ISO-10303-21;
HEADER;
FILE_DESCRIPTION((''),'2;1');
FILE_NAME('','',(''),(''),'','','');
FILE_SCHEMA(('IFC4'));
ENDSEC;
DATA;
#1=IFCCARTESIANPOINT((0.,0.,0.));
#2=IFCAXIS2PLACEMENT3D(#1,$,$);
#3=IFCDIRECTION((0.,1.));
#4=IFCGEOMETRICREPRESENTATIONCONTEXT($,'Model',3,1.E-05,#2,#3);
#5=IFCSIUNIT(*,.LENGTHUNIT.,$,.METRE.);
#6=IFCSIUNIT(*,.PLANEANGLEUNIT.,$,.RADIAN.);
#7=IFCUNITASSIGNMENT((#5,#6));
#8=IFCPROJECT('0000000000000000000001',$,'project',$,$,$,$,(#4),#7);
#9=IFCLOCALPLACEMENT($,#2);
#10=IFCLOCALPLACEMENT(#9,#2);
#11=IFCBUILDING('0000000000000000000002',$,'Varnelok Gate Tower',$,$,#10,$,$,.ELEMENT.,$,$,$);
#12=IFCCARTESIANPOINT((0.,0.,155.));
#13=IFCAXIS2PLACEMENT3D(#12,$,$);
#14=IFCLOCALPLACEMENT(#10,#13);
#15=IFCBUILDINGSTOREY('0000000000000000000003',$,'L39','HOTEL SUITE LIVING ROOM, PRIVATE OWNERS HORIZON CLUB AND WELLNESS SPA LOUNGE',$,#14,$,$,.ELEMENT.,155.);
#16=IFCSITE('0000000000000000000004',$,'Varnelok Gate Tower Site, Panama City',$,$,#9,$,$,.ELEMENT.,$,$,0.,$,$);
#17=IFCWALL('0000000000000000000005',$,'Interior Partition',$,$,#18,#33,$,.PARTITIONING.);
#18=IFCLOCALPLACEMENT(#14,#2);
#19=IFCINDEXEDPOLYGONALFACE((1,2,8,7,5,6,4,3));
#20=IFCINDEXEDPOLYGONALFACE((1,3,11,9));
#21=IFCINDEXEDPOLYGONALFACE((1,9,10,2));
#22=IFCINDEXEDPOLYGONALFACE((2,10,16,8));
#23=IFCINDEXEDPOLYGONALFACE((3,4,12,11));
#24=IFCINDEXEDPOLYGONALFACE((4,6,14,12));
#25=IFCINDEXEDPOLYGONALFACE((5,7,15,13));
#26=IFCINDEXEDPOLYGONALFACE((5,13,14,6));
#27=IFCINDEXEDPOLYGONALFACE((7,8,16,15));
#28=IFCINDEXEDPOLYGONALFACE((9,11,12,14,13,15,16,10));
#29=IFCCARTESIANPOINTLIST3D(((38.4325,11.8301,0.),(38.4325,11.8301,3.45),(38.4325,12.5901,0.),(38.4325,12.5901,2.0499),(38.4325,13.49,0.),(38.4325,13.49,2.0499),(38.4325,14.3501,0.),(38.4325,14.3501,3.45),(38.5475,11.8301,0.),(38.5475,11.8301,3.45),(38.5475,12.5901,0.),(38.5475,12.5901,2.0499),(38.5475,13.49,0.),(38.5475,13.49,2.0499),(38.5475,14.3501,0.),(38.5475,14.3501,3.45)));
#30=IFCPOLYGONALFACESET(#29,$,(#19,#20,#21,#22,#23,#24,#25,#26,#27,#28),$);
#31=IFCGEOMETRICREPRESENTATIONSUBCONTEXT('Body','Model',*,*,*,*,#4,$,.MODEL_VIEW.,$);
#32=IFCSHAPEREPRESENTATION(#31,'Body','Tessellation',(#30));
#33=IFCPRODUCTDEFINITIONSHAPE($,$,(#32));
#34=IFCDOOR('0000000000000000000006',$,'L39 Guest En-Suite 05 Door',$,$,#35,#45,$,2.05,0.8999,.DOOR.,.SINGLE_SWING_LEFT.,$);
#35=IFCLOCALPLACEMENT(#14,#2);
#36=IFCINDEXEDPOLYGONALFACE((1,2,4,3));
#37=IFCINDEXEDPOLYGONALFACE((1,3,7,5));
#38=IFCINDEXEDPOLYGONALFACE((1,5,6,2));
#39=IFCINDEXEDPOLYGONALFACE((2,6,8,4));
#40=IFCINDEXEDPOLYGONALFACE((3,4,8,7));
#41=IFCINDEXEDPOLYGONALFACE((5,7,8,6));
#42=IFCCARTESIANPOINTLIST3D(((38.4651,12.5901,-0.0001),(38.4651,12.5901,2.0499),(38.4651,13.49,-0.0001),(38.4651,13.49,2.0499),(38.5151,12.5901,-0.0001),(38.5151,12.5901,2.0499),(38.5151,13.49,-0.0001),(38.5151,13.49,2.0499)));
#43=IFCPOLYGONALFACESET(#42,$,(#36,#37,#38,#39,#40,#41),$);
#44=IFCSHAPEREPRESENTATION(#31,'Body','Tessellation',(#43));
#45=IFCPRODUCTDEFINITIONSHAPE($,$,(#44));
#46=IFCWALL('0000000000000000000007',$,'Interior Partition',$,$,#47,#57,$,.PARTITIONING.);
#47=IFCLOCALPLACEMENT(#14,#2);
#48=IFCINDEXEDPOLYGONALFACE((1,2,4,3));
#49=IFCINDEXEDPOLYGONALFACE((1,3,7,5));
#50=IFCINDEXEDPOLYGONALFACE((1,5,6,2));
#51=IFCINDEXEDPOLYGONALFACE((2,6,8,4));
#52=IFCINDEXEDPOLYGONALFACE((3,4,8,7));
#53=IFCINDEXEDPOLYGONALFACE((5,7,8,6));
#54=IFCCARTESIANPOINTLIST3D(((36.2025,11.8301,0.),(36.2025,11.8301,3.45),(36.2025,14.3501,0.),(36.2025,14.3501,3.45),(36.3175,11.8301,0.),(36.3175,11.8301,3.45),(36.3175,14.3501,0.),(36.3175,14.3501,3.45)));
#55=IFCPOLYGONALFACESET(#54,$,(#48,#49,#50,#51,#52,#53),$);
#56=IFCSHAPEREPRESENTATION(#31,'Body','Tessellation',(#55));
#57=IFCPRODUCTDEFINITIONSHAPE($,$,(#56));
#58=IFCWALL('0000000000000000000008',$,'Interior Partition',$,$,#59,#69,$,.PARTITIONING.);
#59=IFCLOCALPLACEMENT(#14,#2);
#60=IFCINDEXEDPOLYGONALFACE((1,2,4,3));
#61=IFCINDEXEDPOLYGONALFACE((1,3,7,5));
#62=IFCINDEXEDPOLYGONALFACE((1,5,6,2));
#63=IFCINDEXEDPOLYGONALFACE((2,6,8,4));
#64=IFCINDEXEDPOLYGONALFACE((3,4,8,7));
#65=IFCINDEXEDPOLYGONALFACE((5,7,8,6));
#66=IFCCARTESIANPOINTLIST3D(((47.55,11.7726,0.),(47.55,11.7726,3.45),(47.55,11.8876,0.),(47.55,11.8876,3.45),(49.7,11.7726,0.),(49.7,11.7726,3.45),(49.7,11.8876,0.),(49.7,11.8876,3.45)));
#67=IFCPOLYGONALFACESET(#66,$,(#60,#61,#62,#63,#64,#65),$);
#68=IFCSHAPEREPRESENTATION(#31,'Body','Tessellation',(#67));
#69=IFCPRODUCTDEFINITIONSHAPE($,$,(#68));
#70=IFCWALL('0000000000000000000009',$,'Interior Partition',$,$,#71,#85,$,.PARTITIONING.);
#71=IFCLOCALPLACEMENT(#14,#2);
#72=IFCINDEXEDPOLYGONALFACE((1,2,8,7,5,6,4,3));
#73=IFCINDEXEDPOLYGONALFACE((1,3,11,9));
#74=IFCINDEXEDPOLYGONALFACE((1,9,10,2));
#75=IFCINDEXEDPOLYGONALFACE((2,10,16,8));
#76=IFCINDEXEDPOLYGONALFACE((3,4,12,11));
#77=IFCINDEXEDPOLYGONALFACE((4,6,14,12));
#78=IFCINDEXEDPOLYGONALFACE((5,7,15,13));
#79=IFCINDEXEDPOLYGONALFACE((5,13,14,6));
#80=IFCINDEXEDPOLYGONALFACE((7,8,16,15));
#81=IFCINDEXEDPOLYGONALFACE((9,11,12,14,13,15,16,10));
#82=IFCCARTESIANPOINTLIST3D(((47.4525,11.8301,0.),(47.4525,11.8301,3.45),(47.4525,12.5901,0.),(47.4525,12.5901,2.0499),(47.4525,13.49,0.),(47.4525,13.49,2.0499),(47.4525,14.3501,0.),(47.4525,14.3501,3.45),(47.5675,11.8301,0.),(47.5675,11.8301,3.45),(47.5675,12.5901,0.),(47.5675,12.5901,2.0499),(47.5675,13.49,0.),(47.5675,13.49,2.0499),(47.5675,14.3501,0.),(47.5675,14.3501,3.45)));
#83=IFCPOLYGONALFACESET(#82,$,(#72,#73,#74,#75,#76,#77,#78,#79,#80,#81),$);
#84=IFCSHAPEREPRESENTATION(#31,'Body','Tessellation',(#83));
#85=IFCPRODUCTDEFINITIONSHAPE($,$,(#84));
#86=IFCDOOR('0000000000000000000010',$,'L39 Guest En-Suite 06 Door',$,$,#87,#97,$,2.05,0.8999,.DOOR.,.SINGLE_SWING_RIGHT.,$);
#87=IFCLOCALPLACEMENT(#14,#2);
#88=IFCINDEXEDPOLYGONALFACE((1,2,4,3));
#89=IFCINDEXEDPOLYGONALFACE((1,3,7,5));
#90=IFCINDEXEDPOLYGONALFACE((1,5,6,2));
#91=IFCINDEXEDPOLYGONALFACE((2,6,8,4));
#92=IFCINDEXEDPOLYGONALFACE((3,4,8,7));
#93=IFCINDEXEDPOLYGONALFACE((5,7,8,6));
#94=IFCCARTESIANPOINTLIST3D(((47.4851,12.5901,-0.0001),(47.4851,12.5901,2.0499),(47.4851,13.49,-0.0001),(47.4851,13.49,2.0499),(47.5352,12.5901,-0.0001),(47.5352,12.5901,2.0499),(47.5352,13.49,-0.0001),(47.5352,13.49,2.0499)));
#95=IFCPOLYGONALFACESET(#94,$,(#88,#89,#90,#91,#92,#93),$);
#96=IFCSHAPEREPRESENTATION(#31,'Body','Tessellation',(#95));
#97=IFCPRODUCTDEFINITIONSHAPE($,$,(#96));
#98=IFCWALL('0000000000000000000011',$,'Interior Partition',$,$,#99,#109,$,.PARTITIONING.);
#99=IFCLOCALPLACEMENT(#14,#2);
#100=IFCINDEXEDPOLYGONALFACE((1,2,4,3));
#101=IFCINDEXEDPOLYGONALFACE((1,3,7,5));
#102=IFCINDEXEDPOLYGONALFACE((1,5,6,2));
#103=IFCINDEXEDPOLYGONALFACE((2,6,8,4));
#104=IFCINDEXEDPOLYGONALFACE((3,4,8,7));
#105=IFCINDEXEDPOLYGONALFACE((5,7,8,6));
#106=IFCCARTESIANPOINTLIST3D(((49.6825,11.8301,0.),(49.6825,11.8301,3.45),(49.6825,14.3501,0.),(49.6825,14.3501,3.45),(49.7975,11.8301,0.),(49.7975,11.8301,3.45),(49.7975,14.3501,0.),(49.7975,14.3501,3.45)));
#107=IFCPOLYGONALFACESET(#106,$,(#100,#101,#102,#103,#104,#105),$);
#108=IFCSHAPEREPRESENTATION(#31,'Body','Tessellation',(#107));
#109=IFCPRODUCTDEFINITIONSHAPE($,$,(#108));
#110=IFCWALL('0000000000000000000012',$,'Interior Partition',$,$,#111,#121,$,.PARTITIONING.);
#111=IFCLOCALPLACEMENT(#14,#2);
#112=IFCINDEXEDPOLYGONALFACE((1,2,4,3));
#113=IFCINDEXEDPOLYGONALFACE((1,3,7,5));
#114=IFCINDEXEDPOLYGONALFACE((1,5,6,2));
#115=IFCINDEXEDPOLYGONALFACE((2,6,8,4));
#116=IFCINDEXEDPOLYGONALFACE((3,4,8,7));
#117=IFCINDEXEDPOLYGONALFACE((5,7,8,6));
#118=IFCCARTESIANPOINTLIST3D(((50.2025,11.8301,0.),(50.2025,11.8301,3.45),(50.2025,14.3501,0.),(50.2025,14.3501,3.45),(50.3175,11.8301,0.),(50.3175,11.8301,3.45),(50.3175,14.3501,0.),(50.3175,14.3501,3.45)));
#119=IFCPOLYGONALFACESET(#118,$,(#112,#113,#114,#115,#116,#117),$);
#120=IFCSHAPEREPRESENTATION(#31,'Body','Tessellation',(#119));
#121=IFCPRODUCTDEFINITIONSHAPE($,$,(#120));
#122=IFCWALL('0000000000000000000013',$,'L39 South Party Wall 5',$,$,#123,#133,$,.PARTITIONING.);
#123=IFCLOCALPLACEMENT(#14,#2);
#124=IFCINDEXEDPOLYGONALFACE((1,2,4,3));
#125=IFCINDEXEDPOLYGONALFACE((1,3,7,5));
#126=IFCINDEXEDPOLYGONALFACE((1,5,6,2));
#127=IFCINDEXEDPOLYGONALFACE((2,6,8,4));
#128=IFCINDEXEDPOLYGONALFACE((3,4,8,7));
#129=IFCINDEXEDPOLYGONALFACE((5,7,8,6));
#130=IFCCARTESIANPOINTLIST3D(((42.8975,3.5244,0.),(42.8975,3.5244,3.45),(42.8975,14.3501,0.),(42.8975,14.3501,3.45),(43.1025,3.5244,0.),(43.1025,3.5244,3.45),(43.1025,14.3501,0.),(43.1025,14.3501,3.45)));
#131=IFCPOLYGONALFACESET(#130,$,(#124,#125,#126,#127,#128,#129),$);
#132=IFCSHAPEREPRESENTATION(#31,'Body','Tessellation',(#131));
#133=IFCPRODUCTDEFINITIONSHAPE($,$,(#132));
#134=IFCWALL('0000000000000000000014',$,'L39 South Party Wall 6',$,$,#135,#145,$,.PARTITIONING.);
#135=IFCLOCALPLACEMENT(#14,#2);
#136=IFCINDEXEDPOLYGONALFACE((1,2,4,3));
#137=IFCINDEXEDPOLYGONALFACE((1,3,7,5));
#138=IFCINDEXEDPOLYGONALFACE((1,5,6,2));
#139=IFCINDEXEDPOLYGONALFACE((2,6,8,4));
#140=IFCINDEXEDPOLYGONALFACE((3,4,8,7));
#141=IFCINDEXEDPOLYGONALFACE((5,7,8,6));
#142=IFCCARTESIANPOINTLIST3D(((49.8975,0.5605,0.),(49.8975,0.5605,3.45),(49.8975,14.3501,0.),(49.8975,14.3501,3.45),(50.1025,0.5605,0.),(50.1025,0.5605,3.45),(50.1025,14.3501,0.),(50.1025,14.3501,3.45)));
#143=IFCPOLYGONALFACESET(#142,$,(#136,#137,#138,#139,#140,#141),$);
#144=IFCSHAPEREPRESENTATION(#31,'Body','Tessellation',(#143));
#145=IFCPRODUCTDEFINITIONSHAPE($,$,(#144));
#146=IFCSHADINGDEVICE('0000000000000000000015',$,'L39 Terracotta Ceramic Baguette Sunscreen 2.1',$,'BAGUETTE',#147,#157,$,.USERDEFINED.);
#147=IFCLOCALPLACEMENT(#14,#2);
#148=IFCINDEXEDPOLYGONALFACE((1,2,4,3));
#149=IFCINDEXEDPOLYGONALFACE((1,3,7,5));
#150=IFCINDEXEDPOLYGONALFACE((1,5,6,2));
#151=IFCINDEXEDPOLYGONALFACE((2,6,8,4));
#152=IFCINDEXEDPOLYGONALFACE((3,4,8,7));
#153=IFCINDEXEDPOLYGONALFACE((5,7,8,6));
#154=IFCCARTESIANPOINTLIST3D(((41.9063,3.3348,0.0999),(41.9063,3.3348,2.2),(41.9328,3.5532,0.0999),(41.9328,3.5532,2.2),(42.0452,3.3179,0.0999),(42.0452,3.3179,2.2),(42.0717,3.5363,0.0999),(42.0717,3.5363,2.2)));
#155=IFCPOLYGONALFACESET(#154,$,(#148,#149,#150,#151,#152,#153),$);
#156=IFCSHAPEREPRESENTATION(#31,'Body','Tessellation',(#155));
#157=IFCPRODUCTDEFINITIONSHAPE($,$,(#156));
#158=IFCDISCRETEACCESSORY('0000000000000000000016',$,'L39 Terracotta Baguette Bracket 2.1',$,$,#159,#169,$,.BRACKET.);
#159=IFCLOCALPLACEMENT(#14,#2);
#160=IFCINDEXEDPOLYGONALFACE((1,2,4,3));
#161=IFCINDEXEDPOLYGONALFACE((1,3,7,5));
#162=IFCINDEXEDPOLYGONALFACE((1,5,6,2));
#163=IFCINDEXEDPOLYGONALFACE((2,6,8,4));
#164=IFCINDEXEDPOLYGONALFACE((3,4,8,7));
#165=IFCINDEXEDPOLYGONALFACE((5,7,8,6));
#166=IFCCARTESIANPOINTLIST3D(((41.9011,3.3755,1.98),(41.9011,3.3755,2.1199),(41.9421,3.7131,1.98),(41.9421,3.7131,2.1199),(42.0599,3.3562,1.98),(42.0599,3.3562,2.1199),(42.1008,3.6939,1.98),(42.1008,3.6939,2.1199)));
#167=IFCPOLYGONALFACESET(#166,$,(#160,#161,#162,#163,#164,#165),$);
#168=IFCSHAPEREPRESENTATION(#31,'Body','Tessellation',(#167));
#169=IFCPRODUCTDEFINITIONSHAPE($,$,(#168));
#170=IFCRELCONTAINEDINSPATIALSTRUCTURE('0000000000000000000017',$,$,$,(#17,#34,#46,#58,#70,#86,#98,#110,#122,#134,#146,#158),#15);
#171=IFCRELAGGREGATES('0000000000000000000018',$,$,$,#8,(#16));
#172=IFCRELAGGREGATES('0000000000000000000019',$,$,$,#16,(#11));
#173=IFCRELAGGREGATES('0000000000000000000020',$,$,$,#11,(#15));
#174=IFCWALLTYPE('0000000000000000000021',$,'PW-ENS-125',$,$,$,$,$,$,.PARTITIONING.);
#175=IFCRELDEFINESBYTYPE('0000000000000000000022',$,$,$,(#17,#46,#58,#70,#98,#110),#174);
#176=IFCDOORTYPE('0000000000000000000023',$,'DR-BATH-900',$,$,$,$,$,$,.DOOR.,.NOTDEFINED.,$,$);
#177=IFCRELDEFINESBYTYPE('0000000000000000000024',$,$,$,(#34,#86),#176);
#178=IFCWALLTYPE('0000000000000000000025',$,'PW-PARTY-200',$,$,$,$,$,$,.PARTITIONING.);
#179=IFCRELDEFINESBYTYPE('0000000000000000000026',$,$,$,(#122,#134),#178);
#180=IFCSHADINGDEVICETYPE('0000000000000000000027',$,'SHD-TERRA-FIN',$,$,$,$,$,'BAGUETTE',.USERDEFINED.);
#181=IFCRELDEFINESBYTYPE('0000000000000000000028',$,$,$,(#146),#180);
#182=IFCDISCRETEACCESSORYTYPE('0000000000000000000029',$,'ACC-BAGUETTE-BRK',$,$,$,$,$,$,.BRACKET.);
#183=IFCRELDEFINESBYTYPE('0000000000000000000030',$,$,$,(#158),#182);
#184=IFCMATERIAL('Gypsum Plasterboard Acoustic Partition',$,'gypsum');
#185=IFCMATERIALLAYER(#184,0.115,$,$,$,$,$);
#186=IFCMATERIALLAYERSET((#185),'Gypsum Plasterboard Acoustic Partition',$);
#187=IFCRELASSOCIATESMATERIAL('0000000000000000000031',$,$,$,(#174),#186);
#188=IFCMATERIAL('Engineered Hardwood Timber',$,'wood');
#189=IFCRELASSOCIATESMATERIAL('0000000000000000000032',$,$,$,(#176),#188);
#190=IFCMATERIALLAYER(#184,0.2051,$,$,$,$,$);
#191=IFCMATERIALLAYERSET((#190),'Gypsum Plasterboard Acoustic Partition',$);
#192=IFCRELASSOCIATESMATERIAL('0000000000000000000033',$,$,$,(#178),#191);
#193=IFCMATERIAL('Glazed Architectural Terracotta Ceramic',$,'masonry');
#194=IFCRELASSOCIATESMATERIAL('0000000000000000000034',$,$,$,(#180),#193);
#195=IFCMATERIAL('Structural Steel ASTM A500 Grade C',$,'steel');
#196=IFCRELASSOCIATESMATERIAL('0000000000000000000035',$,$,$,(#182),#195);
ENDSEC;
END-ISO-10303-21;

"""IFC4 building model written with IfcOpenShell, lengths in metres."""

from ifc_helpers import new_model, si_unit, direction, frame, frame_2d, origin, origin_2d, place, context, subcontext, project, spatial, rectangle, extrude, source, transform, mapped, material, layer, layer_set, type_object, element, fill, save


model = new_model("IFC4")

# Units and contexts
model_context = context("Model", 3, precision=1e-05, world=origin(), true_north=direction((0.0, 1.0)))
body_context = subcontext(model_context, "Body", "Model", "MODEL_VIEW")
ifc_project = project(units=[si_unit("LENGTHUNIT", "METRE"), si_unit("PLANEANGLEUNIT", "RADIAN")], contexts=[model_context])

# Site, building, storey
site_placement = place(None, origin())
site = spatial("IfcSite", under=ifc_project, at=site_placement, Name="Varnelok Gate Tower Site, Panama City", CompositionType="ELEMENT", RefElevation=0.0)
building_placement = place(site_placement, origin())
building = spatial("IfcBuilding", under=site, at=building_placement, Name="Varnelok Gate Tower", CompositionType="ELEMENT")
storey_placement = place(building_placement, frame((0.0, 0.0, 155.0)))
storey = spatial("IfcBuildingStorey", under=building, at=storey_placement, Name="L39", Description="HOTEL SUITE LIVING ROOM, PRIVATE OWNERS HORIZON CLUB AND WELLNESS SPA LOUNGE", CompositionType="ELEMENT", Elevation=155.0)

# Shared definitions
ifc_material_1 = material(Name="Gypsum Plasterboard Acoustic Partition", Category="gypsum")
ifc_layer_1 = layer(ifc_material_1, 0.115)
ifc_layer_set_1 = layer_set([ifc_layer_1], Name="Gypsum Plasterboard Acoustic Partition")
wall_type_1 = type_object("IfcWallType", Name="PW-ENS-125", PredefinedType="PARTITIONING", material=ifc_layer_set_1)

# Wall, opening, door
wall_1_placement = place(storey_placement, frame((38.49, 11.8301, 0.0), z_axis=(0.0, 0.0, 1.0), x_axis=(0.0, 1.0, 0.0)))
wall_1 = element("IfcWall", 1, at=wall_1_placement, inside=storey, type_object=wall_type_1, Name="Interior Partition", PredefinedType="PARTITIONING", context=body_context, shape_type="SweptSolid", body=[
    extrude(rectangle(XDim=2.52, YDim=0.115, at=frame_2d((1.26, 0.0))), origin(), (0.0, 0.0, 1.0), 3.45),
])
opening_1_placement = place(wall_1_placement, frame((0.76, 0.0, 0.0)))
opening_1 = element("IfcOpeningElement", 2, at=opening_1_placement, cuts=wall_1, PredefinedType="OPENING", context=body_context, shape_type="SweptSolid", body=[
    extrude(rectangle(XDim=0.8999, YDim=2.05, at=frame_2d((0.45, 1.0249))), frame((0.0, 0.0674, 0.0), z_axis=(0.0, -1.0, 0.0), x_axis=(1.0, 0.0, 0.0)), (0.0, 0.0, 1.0), 0.135),
])
ifc_material_2 = material(Name="Engineered Hardwood Timber", Category="wood")
door_type_1 = type_object("IfcDoorType", Name="DR-BATH-900", OperationType="NOTDEFINED", PredefinedType="DOOR", material=ifc_material_2)
door_1_placement = place(opening_1_placement, origin())
door_1 = element("IfcDoor", 3, at=door_1_placement, inside=storey, type_object=door_type_1, Name="L39 Guest En-Suite 05 Door", OperationType="SINGLE_SWING_LEFT", OverallHeight=2.05, OverallWidth=0.8999, PredefinedType="DOOR", context=body_context, shape_type="SweptSolid", body=[
    extrude(rectangle(XDim=0.8999, YDim=2.05, at=frame_2d((0.45, 1.0249))), frame((0.0, 0.0249, 0.0), z_axis=(0.0, -1.0, 0.0), x_axis=(1.0, 0.0, 0.0)), (0.0, 0.0, 1.0), 0.05),
])
fill(opening_1, door_1)

# Walls
wall_2_placement = place(storey_placement, frame((36.26, 11.8301, 0.0), z_axis=(0.0, 0.0, 1.0), x_axis=(0.0, 1.0, 0.0)))
element("IfcWall", 4, at=wall_2_placement, inside=storey, type_object=wall_type_1, Name="Interior Partition", PredefinedType="PARTITIONING", context=body_context, shape_type="SweptSolid", body=[
    extrude(rectangle(XDim=2.52, YDim=0.115, at=frame_2d((1.26, 0.0))), origin(), (0.0, 0.0, 1.0), 3.45),
])
wall_3_placement = place(storey_placement, frame((47.55, 11.8301, 0.0), z_axis=(0.0, 0.0, 1.0), x_axis=(1.0, 0.0, 0.0)))
element("IfcWall", 5, at=wall_3_placement, inside=storey, type_object=wall_type_1, Name="Interior Partition", PredefinedType="PARTITIONING", context=body_context, shape_type="SweptSolid", body=[
    extrude(rectangle(XDim=2.1499, YDim=0.115, at=frame_2d((1.075, 0.0))), origin(), (0.0, 0.0, 1.0), 3.45),
])

# Wall, opening, door
wall_4_placement = place(storey_placement, frame((47.51, 11.8301, 0.0), z_axis=(0.0, 0.0, 1.0), x_axis=(0.0, 1.0, 0.0)))
wall_4 = element("IfcWall", 6, at=wall_4_placement, inside=storey, type_object=wall_type_1, Name="Interior Partition", PredefinedType="PARTITIONING", context=body_context, shape_type="SweptSolid", body=[
    extrude(rectangle(XDim=2.52, YDim=0.115, at=frame_2d((1.26, 0.0))), origin(), (0.0, 0.0, 1.0), 3.45),
])
opening_2_placement = place(wall_4_placement, frame((0.76, 0.0, 0.0)))
opening_2 = element("IfcOpeningElement", 7, at=opening_2_placement, cuts=wall_4, PredefinedType="OPENING", context=body_context, shape_type="SweptSolid", body=[
    extrude(rectangle(XDim=0.8999, YDim=2.05, at=frame_2d((0.45, 1.0249))), frame((0.0, 0.0674, 0.0), z_axis=(0.0, -1.0, 0.0), x_axis=(1.0, 0.0, 0.0)), (0.0, 0.0, 1.0), 0.135),
])
door_2_placement = place(opening_2_placement, origin())
door_2 = element("IfcDoor", 8, at=door_2_placement, inside=storey, type_object=door_type_1, Name="L39 Guest En-Suite 06 Door", OperationType="SINGLE_SWING_RIGHT", OverallHeight=2.05, OverallWidth=0.8999, PredefinedType="DOOR", context=body_context, shape_type="SweptSolid", body=[
    extrude(rectangle(XDim=0.8999, YDim=2.05, at=frame_2d((0.45, 1.0249))), frame((0.0, 0.0249, 0.0), z_axis=(0.0, -1.0, 0.0), x_axis=(1.0, 0.0, 0.0)), (0.0, 0.0, 1.0), 0.05),
])
fill(opening_2, door_2)

# Walls
for number, where, z_axis, x_axis, name in (
    (9, (49.74, 11.8301, 0.0), (0.0, 0.0, 1.0), (0.0, 1.0, 0.0), "Interior Partition"),
    (10, (50.26, 11.8301, 0.0), (0.0, 0.0, 1.0), (0.0, 1.0, 0.0), "Interior Partition"),
):
    element("IfcWall", number, at=place(storey_placement, frame(where, z_axis=z_axis, x_axis=x_axis)), inside=storey, type_object=wall_type_1, Name=name, PredefinedType="PARTITIONING", context=body_context, shape_type="SweptSolid", body=[
        extrude(rectangle(XDim=2.52, YDim=0.115, at=frame_2d((1.26, 0.0))), origin(), (0.0, 0.0, 1.0), 3.45),
    ])
ifc_layer_2 = layer(ifc_material_1, 0.2051)
ifc_layer_set_2 = layer_set([ifc_layer_2], Name="Gypsum Plasterboard Acoustic Partition")
wall_type_2 = type_object("IfcWallType", Name="PW-PARTY-200", PredefinedType="PARTITIONING", material=ifc_layer_set_2)
wall_5_placement = place(storey_placement, frame((43.0, 3.5244, 0.0), z_axis=(0.0, 0.0, 1.0), x_axis=(0.0, 1.0, 0.0)))
element("IfcWall", 11, at=wall_5_placement, inside=storey, type_object=wall_type_2, Name="L39 South Party Wall 5", PredefinedType="PARTITIONING", context=body_context, shape_type="SweptSolid", body=[
    extrude(rectangle(XDim=10.8257, YDim=0.2051, at=frame_2d((5.4128, 0.0))), origin(), (0.0, 0.0, 1.0), 3.45),
])
wall_6_placement = place(storey_placement, frame((50.0, 0.5605, 0.0), z_axis=(0.0, 0.0, 1.0), x_axis=(0.0, 1.0, 0.0)))
element("IfcWall", 12, at=wall_6_placement, inside=storey, type_object=wall_type_2, Name="L39 South Party Wall 6", PredefinedType="PARTITIONING", context=body_context, shape_type="SweptSolid", body=[
    extrude(rectangle(XDim=13.7896, YDim=0.2051, at=frame_2d((6.8948, 0.0))), origin(), (0.0, 0.0, 1.0), 3.45),
])

# Shading device
ifc_material_3 = material(Name="Glazed Architectural Terracotta Ceramic", Category="masonry")
shading_device_type = type_object("IfcShadingDeviceType", Name="SHD-TERRA-FIN", ElementType="BAGUETTE", PredefinedType="USERDEFINED", material=ifc_material_3)
shared_shape_1 = source(origin(), body_context, "Body", "SweptSolid", [
    extrude(rectangle(XDim=0.1399, YDim=0.22, at=origin_2d()), origin(), (0.0, 0.0, 1.0), 2.1001),
])
shading_device_placement = place(storey_placement, frame((41.989, 3.4355, 0.0999), z_axis=(0.0, 0.0, 1.0), x_axis=(0.992732, -0.120345, 0.0)))
element("IfcShadingDevice", 13, at=shading_device_placement, inside=storey, type_object=shading_device_type, Name="L39 Terracotta Ceramic Baguette Sunscreen 2.1", ObjectType="BAGUETTE", PredefinedType="USERDEFINED", context=body_context, shape_type="MappedRepresentation", body=[
    mapped(shared_shape_1, transform((0.0, 0.0, 0.0), scale=1.0)),
])

# Discrete accessory
ifc_material_4 = material(Name="Structural Steel ASTM A500 Grade C", Category="steel")
discrete_accessory_type = type_object("IfcDiscreteAccessoryType", Name="ACC-BAGUETTE-BRK", PredefinedType="BRACKET", material=ifc_material_4)
shared_shape_2 = source(origin(), body_context, "Body", "SweptSolid", [
    extrude(rectangle(XDim=0.1599, YDim=0.3401, at=origin_2d()), origin(), (0.0, 0.0, 1.0), 0.1399),
])
discrete_accessory_placement = place(storey_placement, frame((42.001, 3.5347, 1.98), z_axis=(0.0, 0.0, 1.0), x_axis=(0.992732, -0.120345, 0.0)))
element("IfcDiscreteAccessory", 14, at=discrete_accessory_placement, inside=storey, type_object=discrete_accessory_type, Name="L39 Terracotta Baguette Bracket 2.1", PredefinedType="BRACKET", context=body_context, shape_type="MappedRepresentation", body=[
    mapped(shared_shape_2, transform((0.0, 0.0, 0.0), scale=1.0)),
])

save(model, "model.ifc")
